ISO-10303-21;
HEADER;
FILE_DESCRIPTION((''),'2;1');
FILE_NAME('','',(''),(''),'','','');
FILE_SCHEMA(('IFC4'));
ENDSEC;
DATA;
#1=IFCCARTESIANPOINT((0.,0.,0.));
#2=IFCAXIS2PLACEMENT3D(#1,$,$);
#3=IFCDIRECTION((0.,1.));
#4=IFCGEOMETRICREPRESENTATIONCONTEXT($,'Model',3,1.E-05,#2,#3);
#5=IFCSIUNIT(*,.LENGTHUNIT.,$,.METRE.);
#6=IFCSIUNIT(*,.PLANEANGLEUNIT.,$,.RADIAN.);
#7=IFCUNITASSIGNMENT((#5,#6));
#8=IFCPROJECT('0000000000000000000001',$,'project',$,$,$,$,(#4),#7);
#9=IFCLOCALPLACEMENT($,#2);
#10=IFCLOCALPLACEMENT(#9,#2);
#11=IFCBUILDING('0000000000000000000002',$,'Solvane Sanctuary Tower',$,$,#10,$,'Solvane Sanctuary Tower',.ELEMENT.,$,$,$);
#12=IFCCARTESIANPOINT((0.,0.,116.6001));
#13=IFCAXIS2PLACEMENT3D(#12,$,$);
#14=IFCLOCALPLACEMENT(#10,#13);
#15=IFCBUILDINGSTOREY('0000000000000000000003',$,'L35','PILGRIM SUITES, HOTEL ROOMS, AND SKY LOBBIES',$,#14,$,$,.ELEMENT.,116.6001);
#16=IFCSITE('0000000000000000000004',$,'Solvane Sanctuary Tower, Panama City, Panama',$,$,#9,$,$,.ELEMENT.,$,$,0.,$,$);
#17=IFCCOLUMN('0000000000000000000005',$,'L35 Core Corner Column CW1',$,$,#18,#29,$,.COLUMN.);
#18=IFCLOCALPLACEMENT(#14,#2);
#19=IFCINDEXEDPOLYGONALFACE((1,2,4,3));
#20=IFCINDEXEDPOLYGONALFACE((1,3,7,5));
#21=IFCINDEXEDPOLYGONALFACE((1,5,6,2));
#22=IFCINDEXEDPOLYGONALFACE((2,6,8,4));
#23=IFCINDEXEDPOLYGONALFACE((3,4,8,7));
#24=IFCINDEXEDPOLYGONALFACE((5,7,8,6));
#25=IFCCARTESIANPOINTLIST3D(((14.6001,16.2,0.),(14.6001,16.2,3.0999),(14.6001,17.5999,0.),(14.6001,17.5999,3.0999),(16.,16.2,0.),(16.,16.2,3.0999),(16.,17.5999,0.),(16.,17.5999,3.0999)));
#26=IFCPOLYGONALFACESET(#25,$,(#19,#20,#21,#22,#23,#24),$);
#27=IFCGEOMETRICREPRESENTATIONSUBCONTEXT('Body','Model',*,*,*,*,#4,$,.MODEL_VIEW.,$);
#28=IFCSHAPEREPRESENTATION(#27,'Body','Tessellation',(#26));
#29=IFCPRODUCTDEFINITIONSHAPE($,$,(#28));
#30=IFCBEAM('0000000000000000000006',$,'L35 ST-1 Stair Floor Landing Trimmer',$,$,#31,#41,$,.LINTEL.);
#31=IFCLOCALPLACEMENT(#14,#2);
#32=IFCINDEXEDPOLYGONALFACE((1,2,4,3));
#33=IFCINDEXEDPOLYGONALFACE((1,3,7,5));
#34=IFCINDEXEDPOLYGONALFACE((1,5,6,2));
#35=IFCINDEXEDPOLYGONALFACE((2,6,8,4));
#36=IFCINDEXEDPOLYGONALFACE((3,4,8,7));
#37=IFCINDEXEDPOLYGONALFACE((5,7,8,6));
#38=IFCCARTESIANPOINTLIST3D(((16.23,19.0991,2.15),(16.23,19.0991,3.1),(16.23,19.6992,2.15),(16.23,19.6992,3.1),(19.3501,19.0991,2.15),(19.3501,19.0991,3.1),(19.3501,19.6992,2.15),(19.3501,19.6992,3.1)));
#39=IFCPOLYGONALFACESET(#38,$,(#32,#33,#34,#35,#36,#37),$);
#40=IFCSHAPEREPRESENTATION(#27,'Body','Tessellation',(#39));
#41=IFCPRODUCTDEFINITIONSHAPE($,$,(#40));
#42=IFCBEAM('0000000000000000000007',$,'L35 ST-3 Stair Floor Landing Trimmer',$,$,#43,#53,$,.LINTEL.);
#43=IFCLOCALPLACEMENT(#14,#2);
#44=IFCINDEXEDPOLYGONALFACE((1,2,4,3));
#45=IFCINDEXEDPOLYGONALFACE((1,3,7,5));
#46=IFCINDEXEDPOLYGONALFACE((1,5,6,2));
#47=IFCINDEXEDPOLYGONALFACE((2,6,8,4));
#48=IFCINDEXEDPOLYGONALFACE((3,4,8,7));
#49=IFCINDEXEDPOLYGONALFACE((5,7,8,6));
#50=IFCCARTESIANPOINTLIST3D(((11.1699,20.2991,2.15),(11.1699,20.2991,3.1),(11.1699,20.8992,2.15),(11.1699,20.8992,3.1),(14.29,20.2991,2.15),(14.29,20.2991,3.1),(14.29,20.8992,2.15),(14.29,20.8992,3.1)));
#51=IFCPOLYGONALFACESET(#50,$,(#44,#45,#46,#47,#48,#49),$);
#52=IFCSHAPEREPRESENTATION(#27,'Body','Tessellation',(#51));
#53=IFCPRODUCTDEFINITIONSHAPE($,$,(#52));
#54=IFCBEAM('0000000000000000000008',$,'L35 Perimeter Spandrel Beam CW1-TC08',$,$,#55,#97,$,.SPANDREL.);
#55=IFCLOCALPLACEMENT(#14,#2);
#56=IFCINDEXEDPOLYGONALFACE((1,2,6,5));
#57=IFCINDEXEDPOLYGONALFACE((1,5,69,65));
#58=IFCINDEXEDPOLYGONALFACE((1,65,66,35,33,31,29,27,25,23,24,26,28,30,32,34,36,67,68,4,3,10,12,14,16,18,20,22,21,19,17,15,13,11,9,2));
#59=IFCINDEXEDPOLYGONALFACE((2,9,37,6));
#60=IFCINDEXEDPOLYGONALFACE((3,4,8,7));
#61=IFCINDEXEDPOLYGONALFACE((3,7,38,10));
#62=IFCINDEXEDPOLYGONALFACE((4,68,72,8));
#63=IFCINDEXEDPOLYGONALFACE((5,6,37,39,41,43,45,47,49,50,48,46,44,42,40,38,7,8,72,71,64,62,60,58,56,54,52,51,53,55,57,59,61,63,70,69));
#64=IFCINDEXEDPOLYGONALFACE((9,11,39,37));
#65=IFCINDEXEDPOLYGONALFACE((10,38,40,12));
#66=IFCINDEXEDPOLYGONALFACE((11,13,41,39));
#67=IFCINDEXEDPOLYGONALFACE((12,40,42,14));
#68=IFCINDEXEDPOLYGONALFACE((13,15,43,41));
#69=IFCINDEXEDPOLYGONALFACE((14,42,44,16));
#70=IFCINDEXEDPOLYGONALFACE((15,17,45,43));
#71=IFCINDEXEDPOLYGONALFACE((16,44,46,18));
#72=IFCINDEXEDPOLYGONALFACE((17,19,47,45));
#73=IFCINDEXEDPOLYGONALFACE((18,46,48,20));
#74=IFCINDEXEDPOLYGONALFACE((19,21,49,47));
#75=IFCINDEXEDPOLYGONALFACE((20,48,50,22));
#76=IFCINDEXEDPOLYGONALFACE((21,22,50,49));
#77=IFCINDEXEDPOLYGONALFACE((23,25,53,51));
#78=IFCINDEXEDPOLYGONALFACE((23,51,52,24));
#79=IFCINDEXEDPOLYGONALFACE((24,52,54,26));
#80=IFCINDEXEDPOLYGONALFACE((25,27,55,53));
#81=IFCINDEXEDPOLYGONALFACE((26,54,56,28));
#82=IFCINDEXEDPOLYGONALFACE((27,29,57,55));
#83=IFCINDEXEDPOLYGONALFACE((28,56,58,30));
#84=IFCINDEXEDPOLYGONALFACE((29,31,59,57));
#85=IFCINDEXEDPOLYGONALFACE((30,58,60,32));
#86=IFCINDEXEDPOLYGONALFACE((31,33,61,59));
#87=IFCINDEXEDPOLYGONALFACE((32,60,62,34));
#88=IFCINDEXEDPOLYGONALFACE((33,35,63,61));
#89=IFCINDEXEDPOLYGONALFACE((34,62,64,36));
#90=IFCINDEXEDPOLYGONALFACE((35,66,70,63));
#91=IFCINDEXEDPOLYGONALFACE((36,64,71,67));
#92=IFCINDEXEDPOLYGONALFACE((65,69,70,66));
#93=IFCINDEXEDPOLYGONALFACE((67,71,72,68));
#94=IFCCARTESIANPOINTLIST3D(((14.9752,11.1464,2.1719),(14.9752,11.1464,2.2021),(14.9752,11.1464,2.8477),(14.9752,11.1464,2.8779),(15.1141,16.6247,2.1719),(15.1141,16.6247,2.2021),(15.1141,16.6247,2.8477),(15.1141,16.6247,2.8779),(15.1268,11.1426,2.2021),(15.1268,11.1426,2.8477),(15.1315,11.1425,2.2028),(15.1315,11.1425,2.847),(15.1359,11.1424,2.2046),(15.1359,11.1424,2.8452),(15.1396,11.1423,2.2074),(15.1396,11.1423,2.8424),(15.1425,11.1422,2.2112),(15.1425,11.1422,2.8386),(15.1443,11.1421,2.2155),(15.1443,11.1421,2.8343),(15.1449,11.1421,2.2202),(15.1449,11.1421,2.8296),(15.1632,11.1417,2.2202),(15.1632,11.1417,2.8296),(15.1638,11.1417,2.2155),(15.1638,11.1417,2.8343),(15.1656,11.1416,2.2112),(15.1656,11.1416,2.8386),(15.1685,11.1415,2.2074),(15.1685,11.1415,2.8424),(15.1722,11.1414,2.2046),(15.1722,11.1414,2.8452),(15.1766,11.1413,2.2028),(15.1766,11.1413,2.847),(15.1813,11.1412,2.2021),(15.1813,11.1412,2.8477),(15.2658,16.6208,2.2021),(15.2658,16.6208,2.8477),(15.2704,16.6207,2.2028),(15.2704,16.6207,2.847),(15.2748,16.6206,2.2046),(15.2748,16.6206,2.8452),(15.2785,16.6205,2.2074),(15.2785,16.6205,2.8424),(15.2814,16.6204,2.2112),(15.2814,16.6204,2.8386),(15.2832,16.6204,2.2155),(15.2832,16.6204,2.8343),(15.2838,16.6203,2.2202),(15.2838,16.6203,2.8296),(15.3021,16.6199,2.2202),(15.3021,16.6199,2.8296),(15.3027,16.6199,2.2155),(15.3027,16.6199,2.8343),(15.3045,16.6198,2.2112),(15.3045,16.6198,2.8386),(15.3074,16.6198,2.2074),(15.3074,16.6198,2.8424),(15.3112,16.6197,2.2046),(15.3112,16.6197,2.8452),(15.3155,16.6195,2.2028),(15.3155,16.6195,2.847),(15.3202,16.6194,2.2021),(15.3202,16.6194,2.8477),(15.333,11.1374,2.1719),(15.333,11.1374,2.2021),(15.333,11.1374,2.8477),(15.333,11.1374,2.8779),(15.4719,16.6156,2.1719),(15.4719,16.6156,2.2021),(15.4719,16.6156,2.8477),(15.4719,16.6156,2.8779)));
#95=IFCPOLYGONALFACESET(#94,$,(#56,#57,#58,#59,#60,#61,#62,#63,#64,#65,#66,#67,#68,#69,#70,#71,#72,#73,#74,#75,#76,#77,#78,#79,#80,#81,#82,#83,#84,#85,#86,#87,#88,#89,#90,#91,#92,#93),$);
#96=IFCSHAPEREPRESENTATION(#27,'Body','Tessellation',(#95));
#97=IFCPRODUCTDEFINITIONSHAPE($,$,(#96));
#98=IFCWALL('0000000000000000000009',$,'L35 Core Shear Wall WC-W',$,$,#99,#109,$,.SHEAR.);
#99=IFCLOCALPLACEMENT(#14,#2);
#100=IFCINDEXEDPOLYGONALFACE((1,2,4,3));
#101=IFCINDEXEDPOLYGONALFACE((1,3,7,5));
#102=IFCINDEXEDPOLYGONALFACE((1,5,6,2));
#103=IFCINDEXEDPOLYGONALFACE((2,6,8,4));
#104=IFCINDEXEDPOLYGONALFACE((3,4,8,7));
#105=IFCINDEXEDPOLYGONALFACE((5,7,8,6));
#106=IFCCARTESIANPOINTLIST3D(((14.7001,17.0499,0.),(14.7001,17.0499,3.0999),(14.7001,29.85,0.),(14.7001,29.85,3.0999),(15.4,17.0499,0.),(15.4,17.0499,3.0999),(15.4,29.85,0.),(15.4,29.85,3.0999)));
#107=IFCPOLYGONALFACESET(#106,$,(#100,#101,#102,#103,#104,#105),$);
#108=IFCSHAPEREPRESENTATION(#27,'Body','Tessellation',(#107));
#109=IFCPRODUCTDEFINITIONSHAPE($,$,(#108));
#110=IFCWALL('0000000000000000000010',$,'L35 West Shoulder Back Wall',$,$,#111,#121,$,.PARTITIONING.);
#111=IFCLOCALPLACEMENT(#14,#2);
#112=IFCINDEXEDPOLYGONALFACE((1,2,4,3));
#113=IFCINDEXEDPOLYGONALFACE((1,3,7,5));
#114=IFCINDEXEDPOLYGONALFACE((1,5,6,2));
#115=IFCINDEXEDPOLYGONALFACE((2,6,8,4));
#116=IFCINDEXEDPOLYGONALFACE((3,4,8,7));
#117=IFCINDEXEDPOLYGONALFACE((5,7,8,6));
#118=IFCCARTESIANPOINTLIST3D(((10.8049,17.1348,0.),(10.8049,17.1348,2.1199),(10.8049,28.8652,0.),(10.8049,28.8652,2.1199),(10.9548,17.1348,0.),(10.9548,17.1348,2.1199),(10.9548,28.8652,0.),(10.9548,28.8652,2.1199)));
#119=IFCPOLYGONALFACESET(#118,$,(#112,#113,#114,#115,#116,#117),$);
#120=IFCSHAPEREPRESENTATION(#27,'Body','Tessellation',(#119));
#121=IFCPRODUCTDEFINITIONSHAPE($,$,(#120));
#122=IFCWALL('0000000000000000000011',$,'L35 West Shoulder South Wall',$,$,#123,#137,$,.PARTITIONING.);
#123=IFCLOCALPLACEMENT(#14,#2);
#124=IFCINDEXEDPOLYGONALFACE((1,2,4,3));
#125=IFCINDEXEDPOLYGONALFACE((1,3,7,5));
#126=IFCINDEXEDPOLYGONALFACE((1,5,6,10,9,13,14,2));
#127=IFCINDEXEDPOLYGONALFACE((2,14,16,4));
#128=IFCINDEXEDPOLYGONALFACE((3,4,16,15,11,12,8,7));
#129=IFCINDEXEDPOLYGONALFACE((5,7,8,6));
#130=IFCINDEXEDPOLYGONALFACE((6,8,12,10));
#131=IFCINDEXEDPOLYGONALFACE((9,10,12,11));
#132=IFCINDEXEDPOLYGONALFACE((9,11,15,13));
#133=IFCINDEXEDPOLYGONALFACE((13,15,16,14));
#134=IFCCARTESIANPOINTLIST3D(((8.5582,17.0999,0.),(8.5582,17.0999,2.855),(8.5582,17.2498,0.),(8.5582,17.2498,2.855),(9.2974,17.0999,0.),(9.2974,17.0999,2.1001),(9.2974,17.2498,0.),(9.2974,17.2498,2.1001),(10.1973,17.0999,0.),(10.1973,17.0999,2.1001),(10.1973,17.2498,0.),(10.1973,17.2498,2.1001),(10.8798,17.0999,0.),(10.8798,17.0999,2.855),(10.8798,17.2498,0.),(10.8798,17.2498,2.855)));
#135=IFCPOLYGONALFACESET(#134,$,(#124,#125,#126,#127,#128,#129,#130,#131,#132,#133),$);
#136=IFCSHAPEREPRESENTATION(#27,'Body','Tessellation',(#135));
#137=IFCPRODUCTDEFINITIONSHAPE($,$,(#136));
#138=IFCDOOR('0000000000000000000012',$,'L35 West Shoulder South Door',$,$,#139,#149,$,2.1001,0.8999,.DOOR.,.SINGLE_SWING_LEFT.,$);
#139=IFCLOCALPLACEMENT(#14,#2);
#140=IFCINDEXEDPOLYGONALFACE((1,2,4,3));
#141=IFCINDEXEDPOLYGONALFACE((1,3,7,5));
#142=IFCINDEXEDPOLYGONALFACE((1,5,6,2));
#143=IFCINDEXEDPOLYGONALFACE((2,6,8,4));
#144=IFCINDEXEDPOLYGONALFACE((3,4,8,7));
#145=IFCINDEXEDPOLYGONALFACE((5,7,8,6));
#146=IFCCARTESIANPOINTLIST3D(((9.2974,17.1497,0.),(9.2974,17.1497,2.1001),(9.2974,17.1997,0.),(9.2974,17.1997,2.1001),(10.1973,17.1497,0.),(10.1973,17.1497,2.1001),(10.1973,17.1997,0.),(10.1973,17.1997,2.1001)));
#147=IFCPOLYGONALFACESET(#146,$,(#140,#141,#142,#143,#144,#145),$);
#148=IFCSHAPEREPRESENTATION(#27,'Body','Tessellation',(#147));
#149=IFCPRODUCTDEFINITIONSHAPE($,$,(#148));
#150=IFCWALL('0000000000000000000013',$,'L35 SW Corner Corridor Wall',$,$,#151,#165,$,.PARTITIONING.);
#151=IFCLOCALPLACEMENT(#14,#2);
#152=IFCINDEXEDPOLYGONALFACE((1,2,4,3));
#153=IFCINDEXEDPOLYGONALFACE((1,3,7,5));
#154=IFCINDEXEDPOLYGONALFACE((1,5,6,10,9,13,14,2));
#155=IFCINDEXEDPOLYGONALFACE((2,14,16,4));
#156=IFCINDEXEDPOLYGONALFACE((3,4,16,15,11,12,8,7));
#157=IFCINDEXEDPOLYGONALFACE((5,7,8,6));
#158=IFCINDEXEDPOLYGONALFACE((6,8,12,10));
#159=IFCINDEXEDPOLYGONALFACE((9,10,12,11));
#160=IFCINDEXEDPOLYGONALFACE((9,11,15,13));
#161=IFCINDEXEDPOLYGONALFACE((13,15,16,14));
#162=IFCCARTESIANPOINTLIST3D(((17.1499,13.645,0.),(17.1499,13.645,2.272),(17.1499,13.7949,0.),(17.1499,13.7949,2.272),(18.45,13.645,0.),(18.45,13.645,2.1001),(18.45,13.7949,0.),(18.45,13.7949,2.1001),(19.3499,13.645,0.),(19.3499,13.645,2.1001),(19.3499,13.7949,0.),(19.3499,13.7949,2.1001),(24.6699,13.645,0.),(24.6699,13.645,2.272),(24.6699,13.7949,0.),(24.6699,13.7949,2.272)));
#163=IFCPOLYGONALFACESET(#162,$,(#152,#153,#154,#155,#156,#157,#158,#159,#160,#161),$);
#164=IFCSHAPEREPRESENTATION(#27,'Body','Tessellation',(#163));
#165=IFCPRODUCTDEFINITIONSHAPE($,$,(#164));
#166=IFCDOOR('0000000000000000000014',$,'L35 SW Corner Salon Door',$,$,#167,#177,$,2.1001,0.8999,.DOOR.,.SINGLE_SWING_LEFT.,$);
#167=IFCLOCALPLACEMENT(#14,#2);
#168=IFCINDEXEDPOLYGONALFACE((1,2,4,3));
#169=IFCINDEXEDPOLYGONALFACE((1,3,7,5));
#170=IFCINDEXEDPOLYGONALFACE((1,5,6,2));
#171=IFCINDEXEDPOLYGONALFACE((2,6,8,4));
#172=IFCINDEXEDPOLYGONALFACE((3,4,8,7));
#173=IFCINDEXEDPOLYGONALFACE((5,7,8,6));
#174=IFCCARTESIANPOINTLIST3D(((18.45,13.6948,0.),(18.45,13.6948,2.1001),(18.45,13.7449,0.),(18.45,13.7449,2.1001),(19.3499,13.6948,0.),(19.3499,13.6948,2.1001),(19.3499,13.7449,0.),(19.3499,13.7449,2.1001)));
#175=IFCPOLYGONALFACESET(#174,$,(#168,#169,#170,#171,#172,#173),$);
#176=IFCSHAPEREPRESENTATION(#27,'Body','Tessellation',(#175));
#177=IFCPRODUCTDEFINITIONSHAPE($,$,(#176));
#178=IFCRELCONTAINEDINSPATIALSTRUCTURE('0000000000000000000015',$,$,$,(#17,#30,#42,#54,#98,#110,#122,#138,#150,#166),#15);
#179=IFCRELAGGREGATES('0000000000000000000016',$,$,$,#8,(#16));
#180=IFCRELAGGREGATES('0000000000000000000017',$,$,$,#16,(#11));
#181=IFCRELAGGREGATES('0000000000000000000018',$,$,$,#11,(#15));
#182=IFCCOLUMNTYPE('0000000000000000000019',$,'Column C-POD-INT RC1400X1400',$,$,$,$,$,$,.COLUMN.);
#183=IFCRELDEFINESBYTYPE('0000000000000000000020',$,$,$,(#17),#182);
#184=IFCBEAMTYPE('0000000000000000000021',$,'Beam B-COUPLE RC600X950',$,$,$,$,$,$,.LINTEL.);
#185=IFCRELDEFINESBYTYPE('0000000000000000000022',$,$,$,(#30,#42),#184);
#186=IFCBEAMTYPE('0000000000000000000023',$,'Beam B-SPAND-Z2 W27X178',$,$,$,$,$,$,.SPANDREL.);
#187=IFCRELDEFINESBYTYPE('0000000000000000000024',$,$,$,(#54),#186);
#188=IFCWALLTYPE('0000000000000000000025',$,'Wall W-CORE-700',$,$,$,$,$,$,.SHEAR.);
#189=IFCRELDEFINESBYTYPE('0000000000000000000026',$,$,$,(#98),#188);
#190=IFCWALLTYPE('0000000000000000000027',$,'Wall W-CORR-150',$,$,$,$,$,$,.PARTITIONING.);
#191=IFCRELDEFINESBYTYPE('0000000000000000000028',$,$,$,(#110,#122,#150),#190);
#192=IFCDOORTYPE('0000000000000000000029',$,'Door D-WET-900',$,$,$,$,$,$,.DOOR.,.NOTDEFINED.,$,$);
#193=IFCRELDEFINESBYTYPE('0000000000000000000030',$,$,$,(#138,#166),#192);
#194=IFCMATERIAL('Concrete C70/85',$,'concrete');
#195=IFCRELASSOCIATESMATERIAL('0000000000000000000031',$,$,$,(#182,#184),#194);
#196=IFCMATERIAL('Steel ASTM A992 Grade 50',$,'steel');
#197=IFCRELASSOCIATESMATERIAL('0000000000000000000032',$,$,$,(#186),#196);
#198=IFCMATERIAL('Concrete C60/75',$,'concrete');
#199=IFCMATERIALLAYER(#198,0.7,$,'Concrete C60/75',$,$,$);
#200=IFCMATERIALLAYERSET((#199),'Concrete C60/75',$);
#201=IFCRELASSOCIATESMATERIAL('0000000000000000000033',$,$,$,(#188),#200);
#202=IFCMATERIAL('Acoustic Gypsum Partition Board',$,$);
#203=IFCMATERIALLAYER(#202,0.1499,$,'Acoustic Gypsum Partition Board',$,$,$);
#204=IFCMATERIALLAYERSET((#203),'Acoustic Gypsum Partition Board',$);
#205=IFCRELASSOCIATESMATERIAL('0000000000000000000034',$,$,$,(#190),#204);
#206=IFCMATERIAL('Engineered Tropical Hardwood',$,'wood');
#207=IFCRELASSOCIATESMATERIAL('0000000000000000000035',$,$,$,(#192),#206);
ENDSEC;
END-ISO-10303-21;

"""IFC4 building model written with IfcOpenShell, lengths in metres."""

from ifc_helpers import new_model, si_unit, direction, frame, frame_2d, origin, origin_2d, place, context, subcontext, project, spatial, rectangle, i_section, extrude, material, layer, layer_set, material_profile, profile_set, type_object, element, fill, save


model = new_model("IFC4")

# Units and contexts
model_context = context("Model", 3, precision=1e-05, world=origin(), true_north=direction((0.0, 1.0)))
body_context = subcontext(model_context, "Body", "Model", "MODEL_VIEW")
ifc_project = project(units=[si_unit("LENGTHUNIT", "METRE"), si_unit("PLANEANGLEUNIT", "RADIAN")], contexts=[model_context])

# Site, building, storey
site_placement = place(None, origin())
site = spatial("IfcSite", under=ifc_project, at=site_placement, Name="Solvane Sanctuary Tower, Panama City, Panama", CompositionType="ELEMENT", RefElevation=0.0)
building_placement = place(site_placement, origin())
building = spatial("IfcBuilding", under=site, at=building_placement, Name="Solvane Sanctuary Tower", LongName="Solvane Sanctuary Tower", CompositionType="ELEMENT")
storey_placement = place(building_placement, frame((0.0, 0.0, 116.6001)))
storey = spatial("IfcBuildingStorey", under=building, at=storey_placement, Name="L35", Description="PILGRIM SUITES, HOTEL ROOMS, AND SKY LOBBIES", CompositionType="ELEMENT", Elevation=116.6001)

# Column
ifc_material_1 = material(Name="Concrete C70/85", Category="concrete")
ifc_material_profile_1 = material_profile(ifc_material_1, rectangle(XDim=1.3999, YDim=1.3999, at=origin_2d()), Name="RC1400X1400")
ifc_profile_set_1 = profile_set([ifc_material_profile_1], Name="Concrete C70/85")
column_type = type_object("IfcColumnType", Name="Column C-POD-INT RC1400X1400", PredefinedType="COLUMN", material=ifc_profile_set_1)
column_placement = place(storey_placement, frame((15.3, 16.8999, 0.0), z_axis=(0.0, 0.0, 1.0), x_axis=(1.0, 0.0, 0.0)))
element("IfcColumn", 1, at=column_placement, inside=storey, type_object=column_type, Name="L35 Core Corner Column CW1", PredefinedType="COLUMN", context=body_context, shape_type="SweptSolid", body=[
    extrude(rectangle(XDim=1.3999, YDim=1.3999, at=origin_2d()), origin(), (0.0, 0.0, 1.0), 3.0999),
])

# Beams
ifc_material_profile_2 = material_profile(ifc_material_1, rectangle(XDim=0.6001, YDim=0.95, at=origin_2d()), Name="RC600X950")
ifc_profile_set_2 = profile_set([ifc_material_profile_2], Name="Concrete C70/85")
beam_type_1 = type_object("IfcBeamType", Name="Beam B-COUPLE RC600X950", PredefinedType="LINTEL", material=ifc_profile_set_2)
for number, where, z_axis, x_axis, name in (
    (2, (16.23, 19.3992, 2.625), (1.0, 0.0, 0.0), (0.0, 1.0, 0.0), "L35 ST-1 Stair Floor Landing Trimmer"),
    (3, (11.1699, 20.5991, 2.625), (1.0, 0.0, 0.0), (0.0, 1.0, 0.0), "L35 ST-3 Stair Floor Landing Trimmer"),
):
    element("IfcBeam", number, at=place(storey_placement, frame(where, z_axis=z_axis, x_axis=x_axis)), inside=storey, type_object=beam_type_1, Name=name, PredefinedType="LINTEL", context=body_context, shape_type="SweptSolid", body=[
        extrude(rectangle(XDim=0.6001, YDim=0.95, at=origin_2d()), origin(), (0.0, 0.0, 1.0), 3.1201),
    ])
ifc_material_2 = material(Name="Steel ASTM A992 Grade 50", Category="steel")
ifc_material_profile_3 = material_profile(ifc_material_2, i_section(OverallWidth=0.3579, OverallDepth=0.7061, WebThickness=0.0183, FlangeThickness=0.0303, FilletRadius=0.0181, at=origin_2d()), Name="W27X178")
ifc_profile_set_3 = profile_set([ifc_material_profile_3], Name="Steel ASTM A992 Grade 50")
beam_type_2 = type_object("IfcBeamType", Name="Beam B-SPAND-Z2 W27X178", PredefinedType="SPANDREL", material=ifc_profile_set_3)
beam_placement = place(storey_placement, frame((15.293, 16.6201, 2.5249), z_axis=(-0.025349, -0.999679, 0.0), x_axis=(0.999679, -0.025349, 0.0)))
element("IfcBeam", 4, at=beam_placement, inside=storey, type_object=beam_type_2, Name="L35 Perimeter Spandrel Beam CW1-TC08", PredefinedType="SPANDREL", context=body_context, shape_type="SweptSolid", body=[
    extrude(i_section(OverallWidth=0.3579, OverallDepth=0.7061, WebThickness=0.0183, FlangeThickness=0.0303, FilletRadius=0.0181, at=origin_2d()), origin(), (0.0, 0.0, 1.0), 5.48),
])

# Walls
ifc_material_3 = material(Name="Concrete C60/75", Category="concrete")
ifc_layer_1 = layer(ifc_material_3, 0.7, Name="Concrete C60/75")
ifc_layer_set_1 = layer_set([ifc_layer_1], Name="Concrete C60/75")
wall_type_1 = type_object("IfcWallType", Name="Wall W-CORE-700", PredefinedType="SHEAR", material=ifc_layer_set_1)
wall_1_placement = place(storey_placement, frame((15.05, 17.05, 0.0), z_axis=(0.0, 0.0, 1.0), x_axis=(0.0, 1.0, 0.0)))
element("IfcWall", 5, at=wall_1_placement, inside=storey, type_object=wall_type_1, Name="L35 Core Shear Wall WC-W", PredefinedType="SHEAR", context=body_context, shape_type="SweptSolid", body=[
    extrude(rectangle(XDim=12.8, YDim=0.7, at=frame_2d((6.3999, 0.0))), origin(), (0.0, 0.0, 1.0), 3.0999),
])
ifc_material_4 = material(Name="Acoustic Gypsum Partition Board")
ifc_layer_2 = layer(ifc_material_4, 0.1499, Name="Acoustic Gypsum Partition Board")
ifc_layer_set_2 = layer_set([ifc_layer_2], Name="Acoustic Gypsum Partition Board")
wall_type_2 = type_object("IfcWallType", Name="Wall W-CORR-150", PredefinedType="PARTITIONING", material=ifc_layer_set_2)
wall_2_placement = place(storey_placement, frame((10.8799, 17.1348, 0.0), z_axis=(0.0, 0.0, 1.0), x_axis=(0.0, 1.0, 0.0)))
element("IfcWall", 6, at=wall_2_placement, inside=storey, type_object=wall_type_2, Name="L35 West Shoulder Back Wall", PredefinedType="PARTITIONING", context=body_context, shape_type="SweptSolid", body=[
    extrude(rectangle(XDim=11.7305, YDim=0.1499, at=frame_2d((5.8652, 0.0))), origin(), (0.0, 0.0, 1.0), 2.1199),
])

# Walls, openings, doors
wall_3_placement = place(storey_placement, frame((8.5583, 17.1748, 0.0), z_axis=(0.0, 0.0, 1.0), x_axis=(1.0, 0.0, 0.0)))
wall_3 = element("IfcWall", 7, at=wall_3_placement, inside=storey, type_object=wall_type_2, Name="L35 West Shoulder South Wall", PredefinedType="PARTITIONING", context=body_context, shape_type="SweptSolid", body=[
    extrude(rectangle(XDim=2.3215, YDim=0.1499, at=frame_2d((1.1606, 0.0))), origin(), (0.0, 0.0, 1.0), 2.855),
])
opening_1_placement = place(wall_3_placement, frame((0.739, 0.0, 0.0)))
opening_1 = element("IfcOpeningElement", 8, at=opening_1_placement, cuts=wall_3, PredefinedType="OPENING", context=body_context, shape_type="SweptSolid", body=[
    extrude(rectangle(XDim=0.8999, YDim=2.1001, at=frame_2d((0.45, 1.05))), frame((0.0, 0.085, 0.0), z_axis=(0.0, -1.0, 0.0), x_axis=(1.0, 0.0, 0.0)), (0.0, 0.0, 1.0), 0.1699),
])
ifc_material_5 = material(Name="Engineered Tropical Hardwood", Category="wood")
door_type_1 = type_object("IfcDoorType", Name="Door D-WET-900", OperationType="NOTDEFINED", PredefinedType="DOOR", material=ifc_material_5)
door_1_placement = place(opening_1_placement, origin())
door_1 = element("IfcDoor", 9, at=door_1_placement, inside=storey, type_object=door_type_1, Name="L35 West Shoulder South Door", OperationType="SINGLE_SWING_LEFT", OverallHeight=2.1001, OverallWidth=0.8999, PredefinedType="DOOR", context=body_context, shape_type="SweptSolid", body=[
    extrude(rectangle(XDim=0.8999, YDim=2.1001, at=frame_2d((0.45, 1.05))), frame((0.0, 0.0249, 0.0), z_axis=(0.0, -1.0, 0.0), x_axis=(1.0, 0.0, 0.0)), (0.0, 0.0, 1.0), 0.05),
])
fill(opening_1, door_1)
wall_4_placement = place(storey_placement, frame((17.1499, 13.72, 0.0), z_axis=(0.0, 0.0, 1.0), x_axis=(1.0, 0.0, 0.0)))
wall_4 = element("IfcWall", 10, at=wall_4_placement, inside=storey, type_object=wall_type_2, Name="L35 SW Corner Corridor Wall", PredefinedType="PARTITIONING", context=body_context, shape_type="SweptSolid", body=[
    extrude(rectangle(XDim=7.52, YDim=0.1499, at=frame_2d((3.76, 0.0))), origin(), (0.0, 0.0, 1.0), 2.272),
])
opening_2_placement = place(wall_4_placement, frame((1.3, 0.0, 0.0)))
opening_2 = element("IfcOpeningElement", 11, at=opening_2_placement, cuts=wall_4, PredefinedType="OPENING", context=body_context, shape_type="SweptSolid", body=[
    extrude(rectangle(XDim=0.8999, YDim=2.1001, at=frame_2d((0.45, 1.05))), frame((0.0, 0.085, 0.0), z_axis=(0.0, -1.0, 0.0), x_axis=(1.0, 0.0, 0.0)), (0.0, 0.0, 1.0), 0.1699),
])
door_2_placement = place(opening_2_placement, origin())
door_2 = element("IfcDoor", 12, at=door_2_placement, inside=storey, type_object=door_type_1, Name="L35 SW Corner Salon Door", OperationType="SINGLE_SWING_LEFT", OverallHeight=2.1001, OverallWidth=0.8999, PredefinedType="DOOR", context=body_context, shape_type="SweptSolid", body=[
    extrude(rectangle(XDim=0.8999, YDim=2.1001, at=frame_2d((0.45, 1.05))), frame((0.0, 0.0249, 0.0), z_axis=(0.0, -1.0, 0.0), x_axis=(1.0, 0.0, 0.0)), (0.0, 0.0, 1.0), 0.05),
])
fill(opening_2, door_2)

save(model, "model.ifc")
